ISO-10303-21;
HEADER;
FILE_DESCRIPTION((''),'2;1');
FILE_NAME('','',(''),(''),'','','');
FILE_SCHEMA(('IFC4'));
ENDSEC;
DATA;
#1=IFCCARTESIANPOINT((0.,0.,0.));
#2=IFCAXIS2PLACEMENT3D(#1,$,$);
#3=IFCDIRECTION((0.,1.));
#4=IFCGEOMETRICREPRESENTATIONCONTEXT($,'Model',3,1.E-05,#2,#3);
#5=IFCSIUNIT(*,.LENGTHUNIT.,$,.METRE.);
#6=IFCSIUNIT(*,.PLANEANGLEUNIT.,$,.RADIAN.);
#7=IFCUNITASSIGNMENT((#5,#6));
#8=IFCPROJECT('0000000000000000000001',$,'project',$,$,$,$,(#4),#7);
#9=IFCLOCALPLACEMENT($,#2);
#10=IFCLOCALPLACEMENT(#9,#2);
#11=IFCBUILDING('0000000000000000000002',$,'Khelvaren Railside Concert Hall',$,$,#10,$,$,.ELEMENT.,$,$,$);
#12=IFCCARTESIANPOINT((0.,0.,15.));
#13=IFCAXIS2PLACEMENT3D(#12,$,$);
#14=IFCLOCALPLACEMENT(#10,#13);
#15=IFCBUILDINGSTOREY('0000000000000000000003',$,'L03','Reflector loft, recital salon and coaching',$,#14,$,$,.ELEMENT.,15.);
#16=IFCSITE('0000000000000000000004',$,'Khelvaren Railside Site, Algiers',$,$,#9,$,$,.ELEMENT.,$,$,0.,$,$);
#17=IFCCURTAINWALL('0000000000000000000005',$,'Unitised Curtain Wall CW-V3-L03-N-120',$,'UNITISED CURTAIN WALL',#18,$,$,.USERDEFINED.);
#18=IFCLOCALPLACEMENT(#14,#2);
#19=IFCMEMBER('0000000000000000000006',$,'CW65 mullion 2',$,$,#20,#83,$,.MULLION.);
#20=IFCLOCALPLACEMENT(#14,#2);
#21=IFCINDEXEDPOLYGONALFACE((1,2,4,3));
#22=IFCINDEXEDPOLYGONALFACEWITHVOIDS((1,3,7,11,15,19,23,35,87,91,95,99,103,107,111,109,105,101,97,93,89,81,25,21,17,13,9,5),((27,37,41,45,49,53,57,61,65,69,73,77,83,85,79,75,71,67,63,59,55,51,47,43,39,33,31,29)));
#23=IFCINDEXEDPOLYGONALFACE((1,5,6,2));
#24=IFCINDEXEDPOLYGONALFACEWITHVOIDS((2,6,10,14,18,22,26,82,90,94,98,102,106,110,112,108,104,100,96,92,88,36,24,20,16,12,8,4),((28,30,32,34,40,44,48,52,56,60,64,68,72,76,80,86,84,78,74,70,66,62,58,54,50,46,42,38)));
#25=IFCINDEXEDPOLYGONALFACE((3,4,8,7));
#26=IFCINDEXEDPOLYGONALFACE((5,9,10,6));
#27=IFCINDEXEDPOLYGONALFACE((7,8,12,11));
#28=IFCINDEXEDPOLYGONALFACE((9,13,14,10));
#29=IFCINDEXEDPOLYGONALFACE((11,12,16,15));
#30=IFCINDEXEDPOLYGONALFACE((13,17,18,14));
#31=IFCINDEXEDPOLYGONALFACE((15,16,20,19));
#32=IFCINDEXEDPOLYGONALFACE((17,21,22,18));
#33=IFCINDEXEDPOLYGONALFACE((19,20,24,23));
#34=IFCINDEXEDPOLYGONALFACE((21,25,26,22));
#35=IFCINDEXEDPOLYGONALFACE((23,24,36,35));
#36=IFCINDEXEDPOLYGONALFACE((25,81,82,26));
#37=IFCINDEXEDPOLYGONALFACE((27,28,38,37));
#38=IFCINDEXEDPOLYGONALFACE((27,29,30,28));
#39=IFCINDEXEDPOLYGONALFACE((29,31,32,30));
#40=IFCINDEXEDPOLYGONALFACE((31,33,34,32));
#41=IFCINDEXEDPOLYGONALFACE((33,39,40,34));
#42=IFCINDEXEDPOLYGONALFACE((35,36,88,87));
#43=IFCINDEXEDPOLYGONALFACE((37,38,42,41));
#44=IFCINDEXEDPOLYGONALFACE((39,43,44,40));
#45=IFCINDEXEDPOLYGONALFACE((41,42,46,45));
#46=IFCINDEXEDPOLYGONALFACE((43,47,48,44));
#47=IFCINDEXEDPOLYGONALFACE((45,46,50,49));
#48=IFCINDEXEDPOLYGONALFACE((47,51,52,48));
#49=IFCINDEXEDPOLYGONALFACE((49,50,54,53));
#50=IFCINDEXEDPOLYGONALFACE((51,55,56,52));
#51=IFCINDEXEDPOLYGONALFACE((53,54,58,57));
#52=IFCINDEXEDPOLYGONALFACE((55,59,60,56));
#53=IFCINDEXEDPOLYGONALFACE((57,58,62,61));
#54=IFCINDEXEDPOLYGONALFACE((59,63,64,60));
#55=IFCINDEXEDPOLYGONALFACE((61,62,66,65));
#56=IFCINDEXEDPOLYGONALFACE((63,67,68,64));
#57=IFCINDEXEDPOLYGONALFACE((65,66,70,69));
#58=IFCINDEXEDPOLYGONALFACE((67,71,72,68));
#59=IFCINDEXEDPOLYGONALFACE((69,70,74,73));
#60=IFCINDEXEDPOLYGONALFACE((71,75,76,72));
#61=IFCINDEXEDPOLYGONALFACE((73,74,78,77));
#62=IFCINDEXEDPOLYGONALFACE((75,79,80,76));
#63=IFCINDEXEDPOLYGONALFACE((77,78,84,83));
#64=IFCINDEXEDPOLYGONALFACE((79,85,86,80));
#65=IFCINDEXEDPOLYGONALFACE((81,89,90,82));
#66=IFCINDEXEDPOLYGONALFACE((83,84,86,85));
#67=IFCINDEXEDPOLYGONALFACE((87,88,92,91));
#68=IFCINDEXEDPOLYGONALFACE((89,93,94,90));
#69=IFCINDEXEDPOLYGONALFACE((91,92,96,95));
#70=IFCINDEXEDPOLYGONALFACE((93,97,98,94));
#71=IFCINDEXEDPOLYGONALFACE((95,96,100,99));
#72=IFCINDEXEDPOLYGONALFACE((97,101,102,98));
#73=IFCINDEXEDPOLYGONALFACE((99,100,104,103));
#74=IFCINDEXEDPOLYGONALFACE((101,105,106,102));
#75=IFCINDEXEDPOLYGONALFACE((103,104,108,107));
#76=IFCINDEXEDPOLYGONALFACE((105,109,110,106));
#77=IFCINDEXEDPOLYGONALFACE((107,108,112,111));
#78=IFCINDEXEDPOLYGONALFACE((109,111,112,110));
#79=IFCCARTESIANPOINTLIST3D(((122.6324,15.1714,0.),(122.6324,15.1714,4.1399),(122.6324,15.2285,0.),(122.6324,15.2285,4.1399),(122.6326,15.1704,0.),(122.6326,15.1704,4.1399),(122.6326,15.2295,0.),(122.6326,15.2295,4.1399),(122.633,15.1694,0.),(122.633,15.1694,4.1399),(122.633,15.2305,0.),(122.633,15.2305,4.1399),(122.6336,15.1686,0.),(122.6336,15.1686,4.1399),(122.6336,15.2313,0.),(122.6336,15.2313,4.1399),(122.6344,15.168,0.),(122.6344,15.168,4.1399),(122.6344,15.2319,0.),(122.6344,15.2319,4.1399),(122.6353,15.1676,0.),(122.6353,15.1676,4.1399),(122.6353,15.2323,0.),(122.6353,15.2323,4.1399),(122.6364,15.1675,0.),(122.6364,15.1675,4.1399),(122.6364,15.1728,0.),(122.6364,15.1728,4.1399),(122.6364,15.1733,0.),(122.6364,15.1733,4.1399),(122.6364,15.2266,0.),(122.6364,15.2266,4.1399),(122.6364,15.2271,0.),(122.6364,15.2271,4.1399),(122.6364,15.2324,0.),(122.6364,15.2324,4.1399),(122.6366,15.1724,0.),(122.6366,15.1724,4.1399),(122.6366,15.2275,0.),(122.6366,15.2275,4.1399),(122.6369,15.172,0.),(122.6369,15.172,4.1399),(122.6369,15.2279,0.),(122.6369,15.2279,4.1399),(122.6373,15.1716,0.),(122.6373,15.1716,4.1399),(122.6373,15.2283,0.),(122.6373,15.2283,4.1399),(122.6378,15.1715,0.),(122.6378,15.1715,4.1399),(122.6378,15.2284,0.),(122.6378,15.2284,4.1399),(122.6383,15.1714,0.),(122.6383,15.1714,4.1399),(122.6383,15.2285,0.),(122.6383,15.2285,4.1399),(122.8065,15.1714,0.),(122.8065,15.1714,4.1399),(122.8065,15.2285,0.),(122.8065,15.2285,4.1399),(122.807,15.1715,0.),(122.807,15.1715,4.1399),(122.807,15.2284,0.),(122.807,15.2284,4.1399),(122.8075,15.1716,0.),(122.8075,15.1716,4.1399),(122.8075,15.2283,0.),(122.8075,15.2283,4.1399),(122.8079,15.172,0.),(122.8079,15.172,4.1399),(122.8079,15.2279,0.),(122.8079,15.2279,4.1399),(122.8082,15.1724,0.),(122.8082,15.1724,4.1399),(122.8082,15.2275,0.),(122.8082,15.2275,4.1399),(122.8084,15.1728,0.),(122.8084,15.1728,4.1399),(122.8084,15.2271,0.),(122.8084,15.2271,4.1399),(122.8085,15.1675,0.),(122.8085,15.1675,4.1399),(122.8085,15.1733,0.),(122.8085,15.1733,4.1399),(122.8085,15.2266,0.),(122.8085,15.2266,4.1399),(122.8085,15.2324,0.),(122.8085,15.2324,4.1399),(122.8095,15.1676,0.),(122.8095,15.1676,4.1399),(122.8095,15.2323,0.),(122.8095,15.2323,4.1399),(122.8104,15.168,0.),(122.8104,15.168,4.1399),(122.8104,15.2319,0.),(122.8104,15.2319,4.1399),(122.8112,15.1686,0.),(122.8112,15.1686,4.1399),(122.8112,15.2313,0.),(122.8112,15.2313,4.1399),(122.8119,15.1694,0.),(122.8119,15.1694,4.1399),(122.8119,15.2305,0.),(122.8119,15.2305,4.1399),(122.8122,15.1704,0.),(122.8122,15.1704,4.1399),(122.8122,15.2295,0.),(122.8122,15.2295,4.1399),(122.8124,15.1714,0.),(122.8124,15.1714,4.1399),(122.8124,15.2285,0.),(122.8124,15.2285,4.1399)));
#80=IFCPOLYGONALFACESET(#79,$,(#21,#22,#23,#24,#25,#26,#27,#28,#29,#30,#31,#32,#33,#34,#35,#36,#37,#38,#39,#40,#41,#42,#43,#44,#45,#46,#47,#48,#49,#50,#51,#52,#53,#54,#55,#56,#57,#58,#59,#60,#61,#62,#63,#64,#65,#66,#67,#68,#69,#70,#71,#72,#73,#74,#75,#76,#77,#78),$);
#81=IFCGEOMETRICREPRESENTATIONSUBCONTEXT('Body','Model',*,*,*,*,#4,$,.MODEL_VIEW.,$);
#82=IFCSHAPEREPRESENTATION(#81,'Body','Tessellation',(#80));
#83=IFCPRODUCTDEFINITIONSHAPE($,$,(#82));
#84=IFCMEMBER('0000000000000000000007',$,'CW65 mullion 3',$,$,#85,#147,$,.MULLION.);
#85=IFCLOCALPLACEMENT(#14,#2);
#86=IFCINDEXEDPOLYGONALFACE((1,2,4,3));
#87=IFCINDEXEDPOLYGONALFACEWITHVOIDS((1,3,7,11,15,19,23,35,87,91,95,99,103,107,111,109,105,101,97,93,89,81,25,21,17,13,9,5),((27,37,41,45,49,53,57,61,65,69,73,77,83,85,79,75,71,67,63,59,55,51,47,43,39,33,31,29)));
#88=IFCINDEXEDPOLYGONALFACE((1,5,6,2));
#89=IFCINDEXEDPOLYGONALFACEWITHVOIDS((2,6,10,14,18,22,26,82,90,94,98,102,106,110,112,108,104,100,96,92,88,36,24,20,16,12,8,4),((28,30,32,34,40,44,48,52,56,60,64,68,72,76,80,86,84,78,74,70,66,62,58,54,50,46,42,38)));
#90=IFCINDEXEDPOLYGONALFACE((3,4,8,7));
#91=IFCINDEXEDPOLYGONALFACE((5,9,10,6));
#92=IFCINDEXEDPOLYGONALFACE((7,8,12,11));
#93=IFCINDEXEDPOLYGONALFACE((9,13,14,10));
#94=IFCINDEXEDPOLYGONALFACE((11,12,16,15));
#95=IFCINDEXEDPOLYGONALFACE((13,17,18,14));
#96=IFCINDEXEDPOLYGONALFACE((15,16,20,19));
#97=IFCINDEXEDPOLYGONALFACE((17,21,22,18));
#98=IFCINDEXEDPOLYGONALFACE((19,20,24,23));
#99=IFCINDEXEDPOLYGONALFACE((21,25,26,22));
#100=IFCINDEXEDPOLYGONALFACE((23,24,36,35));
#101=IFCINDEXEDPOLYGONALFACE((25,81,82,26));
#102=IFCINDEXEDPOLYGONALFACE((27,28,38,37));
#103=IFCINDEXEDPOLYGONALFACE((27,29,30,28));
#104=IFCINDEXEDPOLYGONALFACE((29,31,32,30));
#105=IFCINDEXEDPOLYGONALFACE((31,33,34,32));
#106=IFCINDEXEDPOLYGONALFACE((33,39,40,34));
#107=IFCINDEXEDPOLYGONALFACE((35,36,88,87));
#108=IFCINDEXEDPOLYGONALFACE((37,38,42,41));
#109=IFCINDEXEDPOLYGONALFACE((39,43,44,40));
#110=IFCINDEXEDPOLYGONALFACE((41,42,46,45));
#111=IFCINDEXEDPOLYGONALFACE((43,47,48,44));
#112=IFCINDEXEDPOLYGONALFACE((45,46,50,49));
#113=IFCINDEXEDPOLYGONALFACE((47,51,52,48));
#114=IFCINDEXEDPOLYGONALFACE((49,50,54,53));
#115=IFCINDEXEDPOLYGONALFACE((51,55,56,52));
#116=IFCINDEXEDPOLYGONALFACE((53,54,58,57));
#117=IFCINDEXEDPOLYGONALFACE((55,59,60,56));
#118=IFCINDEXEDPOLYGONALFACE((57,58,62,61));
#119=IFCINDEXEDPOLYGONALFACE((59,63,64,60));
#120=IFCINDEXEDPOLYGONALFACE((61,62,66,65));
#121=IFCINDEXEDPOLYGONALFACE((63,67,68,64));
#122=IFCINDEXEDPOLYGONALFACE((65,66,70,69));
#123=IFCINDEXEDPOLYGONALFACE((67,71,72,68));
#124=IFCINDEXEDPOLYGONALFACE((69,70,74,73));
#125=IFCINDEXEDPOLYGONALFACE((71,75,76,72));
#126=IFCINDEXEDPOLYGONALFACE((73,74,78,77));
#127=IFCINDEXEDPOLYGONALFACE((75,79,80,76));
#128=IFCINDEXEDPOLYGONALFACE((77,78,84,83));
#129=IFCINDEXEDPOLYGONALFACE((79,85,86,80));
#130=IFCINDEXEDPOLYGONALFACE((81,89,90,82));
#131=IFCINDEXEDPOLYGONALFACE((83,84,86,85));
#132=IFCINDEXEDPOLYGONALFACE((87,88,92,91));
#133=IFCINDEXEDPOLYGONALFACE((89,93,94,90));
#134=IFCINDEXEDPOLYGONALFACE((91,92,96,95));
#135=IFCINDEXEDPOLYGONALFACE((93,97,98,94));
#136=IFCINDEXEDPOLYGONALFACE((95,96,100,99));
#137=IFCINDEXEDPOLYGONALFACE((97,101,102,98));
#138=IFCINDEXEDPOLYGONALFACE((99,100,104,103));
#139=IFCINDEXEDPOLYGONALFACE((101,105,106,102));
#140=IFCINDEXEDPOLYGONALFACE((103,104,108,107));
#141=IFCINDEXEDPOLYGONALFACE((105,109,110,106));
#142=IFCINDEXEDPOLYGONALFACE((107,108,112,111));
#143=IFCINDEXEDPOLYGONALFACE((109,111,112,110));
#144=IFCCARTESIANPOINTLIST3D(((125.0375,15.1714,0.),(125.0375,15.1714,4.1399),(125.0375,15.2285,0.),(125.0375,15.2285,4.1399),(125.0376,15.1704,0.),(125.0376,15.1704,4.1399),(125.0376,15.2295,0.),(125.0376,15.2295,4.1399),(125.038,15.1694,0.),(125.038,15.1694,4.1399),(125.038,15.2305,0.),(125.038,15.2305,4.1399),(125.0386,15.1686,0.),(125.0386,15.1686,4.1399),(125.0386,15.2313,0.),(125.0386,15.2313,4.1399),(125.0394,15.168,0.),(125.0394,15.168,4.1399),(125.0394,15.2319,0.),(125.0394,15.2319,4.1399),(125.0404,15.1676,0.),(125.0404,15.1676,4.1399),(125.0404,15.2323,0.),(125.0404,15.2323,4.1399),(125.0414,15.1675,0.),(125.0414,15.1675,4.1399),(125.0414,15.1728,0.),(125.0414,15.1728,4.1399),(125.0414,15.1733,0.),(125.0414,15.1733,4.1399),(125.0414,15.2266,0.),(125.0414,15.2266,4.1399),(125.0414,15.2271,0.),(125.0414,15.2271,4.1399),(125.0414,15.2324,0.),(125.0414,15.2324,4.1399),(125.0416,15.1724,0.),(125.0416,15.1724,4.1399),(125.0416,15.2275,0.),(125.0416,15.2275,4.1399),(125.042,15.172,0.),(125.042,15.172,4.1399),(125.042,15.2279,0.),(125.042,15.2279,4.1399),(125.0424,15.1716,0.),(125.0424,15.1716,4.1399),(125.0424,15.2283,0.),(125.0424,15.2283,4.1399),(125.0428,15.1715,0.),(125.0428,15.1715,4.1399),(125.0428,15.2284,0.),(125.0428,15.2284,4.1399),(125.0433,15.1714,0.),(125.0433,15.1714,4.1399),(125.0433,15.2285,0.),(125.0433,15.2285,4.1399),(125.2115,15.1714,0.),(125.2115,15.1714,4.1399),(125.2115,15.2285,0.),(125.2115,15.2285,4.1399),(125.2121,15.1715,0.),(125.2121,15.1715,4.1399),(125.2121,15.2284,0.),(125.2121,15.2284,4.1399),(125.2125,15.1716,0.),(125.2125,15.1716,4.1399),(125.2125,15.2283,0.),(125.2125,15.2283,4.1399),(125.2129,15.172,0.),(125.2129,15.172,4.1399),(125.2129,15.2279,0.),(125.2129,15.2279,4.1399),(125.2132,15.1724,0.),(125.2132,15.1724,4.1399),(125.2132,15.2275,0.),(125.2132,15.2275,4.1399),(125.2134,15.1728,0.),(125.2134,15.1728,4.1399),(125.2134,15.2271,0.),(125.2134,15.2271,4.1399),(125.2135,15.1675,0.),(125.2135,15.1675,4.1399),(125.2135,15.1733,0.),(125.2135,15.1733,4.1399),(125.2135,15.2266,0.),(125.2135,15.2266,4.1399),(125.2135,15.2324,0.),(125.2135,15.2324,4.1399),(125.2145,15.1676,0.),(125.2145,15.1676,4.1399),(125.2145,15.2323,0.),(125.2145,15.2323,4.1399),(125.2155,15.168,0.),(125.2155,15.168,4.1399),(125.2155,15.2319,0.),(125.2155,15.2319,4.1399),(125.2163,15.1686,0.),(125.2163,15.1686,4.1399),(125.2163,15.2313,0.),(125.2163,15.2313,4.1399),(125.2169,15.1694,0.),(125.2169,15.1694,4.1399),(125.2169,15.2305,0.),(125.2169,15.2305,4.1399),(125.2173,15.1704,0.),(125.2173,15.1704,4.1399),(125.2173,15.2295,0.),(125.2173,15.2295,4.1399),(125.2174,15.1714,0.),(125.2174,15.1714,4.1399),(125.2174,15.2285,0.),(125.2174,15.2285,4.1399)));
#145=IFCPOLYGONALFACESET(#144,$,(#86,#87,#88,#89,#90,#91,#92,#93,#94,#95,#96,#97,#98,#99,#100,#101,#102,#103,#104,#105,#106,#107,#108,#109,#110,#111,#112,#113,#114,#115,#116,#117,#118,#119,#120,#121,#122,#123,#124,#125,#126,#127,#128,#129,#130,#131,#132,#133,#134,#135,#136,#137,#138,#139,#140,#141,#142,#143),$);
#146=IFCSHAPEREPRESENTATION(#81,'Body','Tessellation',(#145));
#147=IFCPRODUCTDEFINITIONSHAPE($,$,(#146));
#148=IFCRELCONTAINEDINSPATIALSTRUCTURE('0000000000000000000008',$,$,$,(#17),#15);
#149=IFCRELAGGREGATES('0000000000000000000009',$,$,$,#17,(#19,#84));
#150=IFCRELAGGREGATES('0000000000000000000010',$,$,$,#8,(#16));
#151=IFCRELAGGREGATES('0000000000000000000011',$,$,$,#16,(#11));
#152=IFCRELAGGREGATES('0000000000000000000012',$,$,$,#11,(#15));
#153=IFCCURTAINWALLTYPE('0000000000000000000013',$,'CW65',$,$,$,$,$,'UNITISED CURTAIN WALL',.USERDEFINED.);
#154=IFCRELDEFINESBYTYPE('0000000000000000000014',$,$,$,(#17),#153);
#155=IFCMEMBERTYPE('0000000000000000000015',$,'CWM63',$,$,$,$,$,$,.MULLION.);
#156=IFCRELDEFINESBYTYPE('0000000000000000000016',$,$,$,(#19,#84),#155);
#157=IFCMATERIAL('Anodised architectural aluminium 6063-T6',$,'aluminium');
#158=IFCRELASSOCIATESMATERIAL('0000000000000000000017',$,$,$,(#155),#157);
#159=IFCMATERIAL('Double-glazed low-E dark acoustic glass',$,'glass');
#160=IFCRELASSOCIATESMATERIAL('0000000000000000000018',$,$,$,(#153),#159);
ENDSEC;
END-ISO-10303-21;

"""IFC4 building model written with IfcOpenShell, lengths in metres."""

from ifc_helpers import new_model, si_unit, direction, frame, origin, origin_2d, place, context, subcontext, project, spatial, hollow_rectangle, extrude, material, material_profile, profile_set, type_object, element, aggregate, save


model = new_model("IFC4")

# Units and contexts
model_context = context("Model", 3, precision=1e-05, world=origin(), true_north=direction((0.0, 1.0)))
body_context = subcontext(model_context, "Body", "Model", "MODEL_VIEW")
ifc_project = project(units=[si_unit("LENGTHUNIT", "METRE"), si_unit("PLANEANGLEUNIT", "RADIAN")], contexts=[model_context])

# Site, building, storey
site_placement = place(None, origin())
site = spatial("IfcSite", under=ifc_project, at=site_placement, Name="Khelvaren Railside Site, Algiers", CompositionType="ELEMENT", RefElevation=0.0)
building_placement = place(site_placement, origin())
building = spatial("IfcBuilding", under=site, at=building_placement, Name="Khelvaren Railside Concert Hall", CompositionType="ELEMENT")
storey_placement = place(building_placement, frame((0.0, 0.0, 15.0)))
storey = spatial("IfcBuildingStorey", under=building, at=storey_placement, Name="L03", Description="Reflector loft, recital salon and coaching", CompositionType="ELEMENT", Elevation=15.0)

# Shared definitions
ifc_material_1 = material(Name="Double-glazed low-E dark acoustic glass", Category="glass")
ifc_material_2 = material(Name="Anodised architectural aluminium 6063-T6", Category="aluminium")
ifc_material_profile_1 = material_profile(ifc_material_2, hollow_rectangle(XDim=0.0649, YDim=0.1799, WallThickness=0.0039, InnerFilletRadius=0.002, OuterFilletRadius=0.0039, at=origin_2d()), Name="CWM 65x180x4")
ifc_profile_set_1 = profile_set([ifc_material_profile_1], Name="Anodised architectural aluminium 6063-T6")
member_type_1 = type_object("IfcMemberType", Name="CWM63", PredefinedType="MULLION", material=ifc_profile_set_1)

# Curtain wall, members
curtain_wall_type_1 = type_object("IfcCurtainWallType", Name="CW65", ElementType="UNITISED CURTAIN WALL", PredefinedType="USERDEFINED", material=ifc_material_1)
curtain_wall_1_placement = place(storey_placement, origin())
curtain_wall_1 = element("IfcCurtainWall", 1, at=curtain_wall_1_placement, inside=storey, type_object=curtain_wall_type_1, Name="Unitised Curtain Wall CW-V3-L03-N-120", ObjectType="UNITISED CURTAIN WALL", PredefinedType="USERDEFINED")
member_1_placement = place(storey_placement, frame((122.7224, 15.2, 0.0), z_axis=(0.0, 0.0, 1.0), x_axis=(0.0, 1.0, 0.0)))
member_1 = element("IfcMember", 2, at=member_1_placement, type_object=member_type_1, Name="CW65 mullion 2", PredefinedType="MULLION", context=body_context, shape_type="SweptSolid", body=[
    extrude(hollow_rectangle(XDim=0.0649, YDim=0.1799, WallThickness=0.0039, InnerFilletRadius=0.002, OuterFilletRadius=0.0039, at=origin_2d()), origin(), (0.0, 0.0, 1.0), 4.1399),
])
member_2_placement = place(storey_placement, frame((125.1274, 15.2, 0.0), z_axis=(0.0, 0.0, 1.0), x_axis=(0.0, 1.0, 0.0)))
member_2 = element("IfcMember", 3, at=member_2_placement, type_object=member_type_1, Name="CW65 mullion 3", PredefinedType="MULLION", context=body_context, shape_type="SweptSolid", body=[
    extrude(hollow_rectangle(XDim=0.0649, YDim=0.1799, WallThickness=0.0039, InnerFilletRadius=0.002, OuterFilletRadius=0.0039, at=origin_2d()), origin(), (0.0, 0.0, 1.0), 4.1399),
])

aggregate(curtain_wall_1, [member_1, member_2])

save(model, "model.ifc")
